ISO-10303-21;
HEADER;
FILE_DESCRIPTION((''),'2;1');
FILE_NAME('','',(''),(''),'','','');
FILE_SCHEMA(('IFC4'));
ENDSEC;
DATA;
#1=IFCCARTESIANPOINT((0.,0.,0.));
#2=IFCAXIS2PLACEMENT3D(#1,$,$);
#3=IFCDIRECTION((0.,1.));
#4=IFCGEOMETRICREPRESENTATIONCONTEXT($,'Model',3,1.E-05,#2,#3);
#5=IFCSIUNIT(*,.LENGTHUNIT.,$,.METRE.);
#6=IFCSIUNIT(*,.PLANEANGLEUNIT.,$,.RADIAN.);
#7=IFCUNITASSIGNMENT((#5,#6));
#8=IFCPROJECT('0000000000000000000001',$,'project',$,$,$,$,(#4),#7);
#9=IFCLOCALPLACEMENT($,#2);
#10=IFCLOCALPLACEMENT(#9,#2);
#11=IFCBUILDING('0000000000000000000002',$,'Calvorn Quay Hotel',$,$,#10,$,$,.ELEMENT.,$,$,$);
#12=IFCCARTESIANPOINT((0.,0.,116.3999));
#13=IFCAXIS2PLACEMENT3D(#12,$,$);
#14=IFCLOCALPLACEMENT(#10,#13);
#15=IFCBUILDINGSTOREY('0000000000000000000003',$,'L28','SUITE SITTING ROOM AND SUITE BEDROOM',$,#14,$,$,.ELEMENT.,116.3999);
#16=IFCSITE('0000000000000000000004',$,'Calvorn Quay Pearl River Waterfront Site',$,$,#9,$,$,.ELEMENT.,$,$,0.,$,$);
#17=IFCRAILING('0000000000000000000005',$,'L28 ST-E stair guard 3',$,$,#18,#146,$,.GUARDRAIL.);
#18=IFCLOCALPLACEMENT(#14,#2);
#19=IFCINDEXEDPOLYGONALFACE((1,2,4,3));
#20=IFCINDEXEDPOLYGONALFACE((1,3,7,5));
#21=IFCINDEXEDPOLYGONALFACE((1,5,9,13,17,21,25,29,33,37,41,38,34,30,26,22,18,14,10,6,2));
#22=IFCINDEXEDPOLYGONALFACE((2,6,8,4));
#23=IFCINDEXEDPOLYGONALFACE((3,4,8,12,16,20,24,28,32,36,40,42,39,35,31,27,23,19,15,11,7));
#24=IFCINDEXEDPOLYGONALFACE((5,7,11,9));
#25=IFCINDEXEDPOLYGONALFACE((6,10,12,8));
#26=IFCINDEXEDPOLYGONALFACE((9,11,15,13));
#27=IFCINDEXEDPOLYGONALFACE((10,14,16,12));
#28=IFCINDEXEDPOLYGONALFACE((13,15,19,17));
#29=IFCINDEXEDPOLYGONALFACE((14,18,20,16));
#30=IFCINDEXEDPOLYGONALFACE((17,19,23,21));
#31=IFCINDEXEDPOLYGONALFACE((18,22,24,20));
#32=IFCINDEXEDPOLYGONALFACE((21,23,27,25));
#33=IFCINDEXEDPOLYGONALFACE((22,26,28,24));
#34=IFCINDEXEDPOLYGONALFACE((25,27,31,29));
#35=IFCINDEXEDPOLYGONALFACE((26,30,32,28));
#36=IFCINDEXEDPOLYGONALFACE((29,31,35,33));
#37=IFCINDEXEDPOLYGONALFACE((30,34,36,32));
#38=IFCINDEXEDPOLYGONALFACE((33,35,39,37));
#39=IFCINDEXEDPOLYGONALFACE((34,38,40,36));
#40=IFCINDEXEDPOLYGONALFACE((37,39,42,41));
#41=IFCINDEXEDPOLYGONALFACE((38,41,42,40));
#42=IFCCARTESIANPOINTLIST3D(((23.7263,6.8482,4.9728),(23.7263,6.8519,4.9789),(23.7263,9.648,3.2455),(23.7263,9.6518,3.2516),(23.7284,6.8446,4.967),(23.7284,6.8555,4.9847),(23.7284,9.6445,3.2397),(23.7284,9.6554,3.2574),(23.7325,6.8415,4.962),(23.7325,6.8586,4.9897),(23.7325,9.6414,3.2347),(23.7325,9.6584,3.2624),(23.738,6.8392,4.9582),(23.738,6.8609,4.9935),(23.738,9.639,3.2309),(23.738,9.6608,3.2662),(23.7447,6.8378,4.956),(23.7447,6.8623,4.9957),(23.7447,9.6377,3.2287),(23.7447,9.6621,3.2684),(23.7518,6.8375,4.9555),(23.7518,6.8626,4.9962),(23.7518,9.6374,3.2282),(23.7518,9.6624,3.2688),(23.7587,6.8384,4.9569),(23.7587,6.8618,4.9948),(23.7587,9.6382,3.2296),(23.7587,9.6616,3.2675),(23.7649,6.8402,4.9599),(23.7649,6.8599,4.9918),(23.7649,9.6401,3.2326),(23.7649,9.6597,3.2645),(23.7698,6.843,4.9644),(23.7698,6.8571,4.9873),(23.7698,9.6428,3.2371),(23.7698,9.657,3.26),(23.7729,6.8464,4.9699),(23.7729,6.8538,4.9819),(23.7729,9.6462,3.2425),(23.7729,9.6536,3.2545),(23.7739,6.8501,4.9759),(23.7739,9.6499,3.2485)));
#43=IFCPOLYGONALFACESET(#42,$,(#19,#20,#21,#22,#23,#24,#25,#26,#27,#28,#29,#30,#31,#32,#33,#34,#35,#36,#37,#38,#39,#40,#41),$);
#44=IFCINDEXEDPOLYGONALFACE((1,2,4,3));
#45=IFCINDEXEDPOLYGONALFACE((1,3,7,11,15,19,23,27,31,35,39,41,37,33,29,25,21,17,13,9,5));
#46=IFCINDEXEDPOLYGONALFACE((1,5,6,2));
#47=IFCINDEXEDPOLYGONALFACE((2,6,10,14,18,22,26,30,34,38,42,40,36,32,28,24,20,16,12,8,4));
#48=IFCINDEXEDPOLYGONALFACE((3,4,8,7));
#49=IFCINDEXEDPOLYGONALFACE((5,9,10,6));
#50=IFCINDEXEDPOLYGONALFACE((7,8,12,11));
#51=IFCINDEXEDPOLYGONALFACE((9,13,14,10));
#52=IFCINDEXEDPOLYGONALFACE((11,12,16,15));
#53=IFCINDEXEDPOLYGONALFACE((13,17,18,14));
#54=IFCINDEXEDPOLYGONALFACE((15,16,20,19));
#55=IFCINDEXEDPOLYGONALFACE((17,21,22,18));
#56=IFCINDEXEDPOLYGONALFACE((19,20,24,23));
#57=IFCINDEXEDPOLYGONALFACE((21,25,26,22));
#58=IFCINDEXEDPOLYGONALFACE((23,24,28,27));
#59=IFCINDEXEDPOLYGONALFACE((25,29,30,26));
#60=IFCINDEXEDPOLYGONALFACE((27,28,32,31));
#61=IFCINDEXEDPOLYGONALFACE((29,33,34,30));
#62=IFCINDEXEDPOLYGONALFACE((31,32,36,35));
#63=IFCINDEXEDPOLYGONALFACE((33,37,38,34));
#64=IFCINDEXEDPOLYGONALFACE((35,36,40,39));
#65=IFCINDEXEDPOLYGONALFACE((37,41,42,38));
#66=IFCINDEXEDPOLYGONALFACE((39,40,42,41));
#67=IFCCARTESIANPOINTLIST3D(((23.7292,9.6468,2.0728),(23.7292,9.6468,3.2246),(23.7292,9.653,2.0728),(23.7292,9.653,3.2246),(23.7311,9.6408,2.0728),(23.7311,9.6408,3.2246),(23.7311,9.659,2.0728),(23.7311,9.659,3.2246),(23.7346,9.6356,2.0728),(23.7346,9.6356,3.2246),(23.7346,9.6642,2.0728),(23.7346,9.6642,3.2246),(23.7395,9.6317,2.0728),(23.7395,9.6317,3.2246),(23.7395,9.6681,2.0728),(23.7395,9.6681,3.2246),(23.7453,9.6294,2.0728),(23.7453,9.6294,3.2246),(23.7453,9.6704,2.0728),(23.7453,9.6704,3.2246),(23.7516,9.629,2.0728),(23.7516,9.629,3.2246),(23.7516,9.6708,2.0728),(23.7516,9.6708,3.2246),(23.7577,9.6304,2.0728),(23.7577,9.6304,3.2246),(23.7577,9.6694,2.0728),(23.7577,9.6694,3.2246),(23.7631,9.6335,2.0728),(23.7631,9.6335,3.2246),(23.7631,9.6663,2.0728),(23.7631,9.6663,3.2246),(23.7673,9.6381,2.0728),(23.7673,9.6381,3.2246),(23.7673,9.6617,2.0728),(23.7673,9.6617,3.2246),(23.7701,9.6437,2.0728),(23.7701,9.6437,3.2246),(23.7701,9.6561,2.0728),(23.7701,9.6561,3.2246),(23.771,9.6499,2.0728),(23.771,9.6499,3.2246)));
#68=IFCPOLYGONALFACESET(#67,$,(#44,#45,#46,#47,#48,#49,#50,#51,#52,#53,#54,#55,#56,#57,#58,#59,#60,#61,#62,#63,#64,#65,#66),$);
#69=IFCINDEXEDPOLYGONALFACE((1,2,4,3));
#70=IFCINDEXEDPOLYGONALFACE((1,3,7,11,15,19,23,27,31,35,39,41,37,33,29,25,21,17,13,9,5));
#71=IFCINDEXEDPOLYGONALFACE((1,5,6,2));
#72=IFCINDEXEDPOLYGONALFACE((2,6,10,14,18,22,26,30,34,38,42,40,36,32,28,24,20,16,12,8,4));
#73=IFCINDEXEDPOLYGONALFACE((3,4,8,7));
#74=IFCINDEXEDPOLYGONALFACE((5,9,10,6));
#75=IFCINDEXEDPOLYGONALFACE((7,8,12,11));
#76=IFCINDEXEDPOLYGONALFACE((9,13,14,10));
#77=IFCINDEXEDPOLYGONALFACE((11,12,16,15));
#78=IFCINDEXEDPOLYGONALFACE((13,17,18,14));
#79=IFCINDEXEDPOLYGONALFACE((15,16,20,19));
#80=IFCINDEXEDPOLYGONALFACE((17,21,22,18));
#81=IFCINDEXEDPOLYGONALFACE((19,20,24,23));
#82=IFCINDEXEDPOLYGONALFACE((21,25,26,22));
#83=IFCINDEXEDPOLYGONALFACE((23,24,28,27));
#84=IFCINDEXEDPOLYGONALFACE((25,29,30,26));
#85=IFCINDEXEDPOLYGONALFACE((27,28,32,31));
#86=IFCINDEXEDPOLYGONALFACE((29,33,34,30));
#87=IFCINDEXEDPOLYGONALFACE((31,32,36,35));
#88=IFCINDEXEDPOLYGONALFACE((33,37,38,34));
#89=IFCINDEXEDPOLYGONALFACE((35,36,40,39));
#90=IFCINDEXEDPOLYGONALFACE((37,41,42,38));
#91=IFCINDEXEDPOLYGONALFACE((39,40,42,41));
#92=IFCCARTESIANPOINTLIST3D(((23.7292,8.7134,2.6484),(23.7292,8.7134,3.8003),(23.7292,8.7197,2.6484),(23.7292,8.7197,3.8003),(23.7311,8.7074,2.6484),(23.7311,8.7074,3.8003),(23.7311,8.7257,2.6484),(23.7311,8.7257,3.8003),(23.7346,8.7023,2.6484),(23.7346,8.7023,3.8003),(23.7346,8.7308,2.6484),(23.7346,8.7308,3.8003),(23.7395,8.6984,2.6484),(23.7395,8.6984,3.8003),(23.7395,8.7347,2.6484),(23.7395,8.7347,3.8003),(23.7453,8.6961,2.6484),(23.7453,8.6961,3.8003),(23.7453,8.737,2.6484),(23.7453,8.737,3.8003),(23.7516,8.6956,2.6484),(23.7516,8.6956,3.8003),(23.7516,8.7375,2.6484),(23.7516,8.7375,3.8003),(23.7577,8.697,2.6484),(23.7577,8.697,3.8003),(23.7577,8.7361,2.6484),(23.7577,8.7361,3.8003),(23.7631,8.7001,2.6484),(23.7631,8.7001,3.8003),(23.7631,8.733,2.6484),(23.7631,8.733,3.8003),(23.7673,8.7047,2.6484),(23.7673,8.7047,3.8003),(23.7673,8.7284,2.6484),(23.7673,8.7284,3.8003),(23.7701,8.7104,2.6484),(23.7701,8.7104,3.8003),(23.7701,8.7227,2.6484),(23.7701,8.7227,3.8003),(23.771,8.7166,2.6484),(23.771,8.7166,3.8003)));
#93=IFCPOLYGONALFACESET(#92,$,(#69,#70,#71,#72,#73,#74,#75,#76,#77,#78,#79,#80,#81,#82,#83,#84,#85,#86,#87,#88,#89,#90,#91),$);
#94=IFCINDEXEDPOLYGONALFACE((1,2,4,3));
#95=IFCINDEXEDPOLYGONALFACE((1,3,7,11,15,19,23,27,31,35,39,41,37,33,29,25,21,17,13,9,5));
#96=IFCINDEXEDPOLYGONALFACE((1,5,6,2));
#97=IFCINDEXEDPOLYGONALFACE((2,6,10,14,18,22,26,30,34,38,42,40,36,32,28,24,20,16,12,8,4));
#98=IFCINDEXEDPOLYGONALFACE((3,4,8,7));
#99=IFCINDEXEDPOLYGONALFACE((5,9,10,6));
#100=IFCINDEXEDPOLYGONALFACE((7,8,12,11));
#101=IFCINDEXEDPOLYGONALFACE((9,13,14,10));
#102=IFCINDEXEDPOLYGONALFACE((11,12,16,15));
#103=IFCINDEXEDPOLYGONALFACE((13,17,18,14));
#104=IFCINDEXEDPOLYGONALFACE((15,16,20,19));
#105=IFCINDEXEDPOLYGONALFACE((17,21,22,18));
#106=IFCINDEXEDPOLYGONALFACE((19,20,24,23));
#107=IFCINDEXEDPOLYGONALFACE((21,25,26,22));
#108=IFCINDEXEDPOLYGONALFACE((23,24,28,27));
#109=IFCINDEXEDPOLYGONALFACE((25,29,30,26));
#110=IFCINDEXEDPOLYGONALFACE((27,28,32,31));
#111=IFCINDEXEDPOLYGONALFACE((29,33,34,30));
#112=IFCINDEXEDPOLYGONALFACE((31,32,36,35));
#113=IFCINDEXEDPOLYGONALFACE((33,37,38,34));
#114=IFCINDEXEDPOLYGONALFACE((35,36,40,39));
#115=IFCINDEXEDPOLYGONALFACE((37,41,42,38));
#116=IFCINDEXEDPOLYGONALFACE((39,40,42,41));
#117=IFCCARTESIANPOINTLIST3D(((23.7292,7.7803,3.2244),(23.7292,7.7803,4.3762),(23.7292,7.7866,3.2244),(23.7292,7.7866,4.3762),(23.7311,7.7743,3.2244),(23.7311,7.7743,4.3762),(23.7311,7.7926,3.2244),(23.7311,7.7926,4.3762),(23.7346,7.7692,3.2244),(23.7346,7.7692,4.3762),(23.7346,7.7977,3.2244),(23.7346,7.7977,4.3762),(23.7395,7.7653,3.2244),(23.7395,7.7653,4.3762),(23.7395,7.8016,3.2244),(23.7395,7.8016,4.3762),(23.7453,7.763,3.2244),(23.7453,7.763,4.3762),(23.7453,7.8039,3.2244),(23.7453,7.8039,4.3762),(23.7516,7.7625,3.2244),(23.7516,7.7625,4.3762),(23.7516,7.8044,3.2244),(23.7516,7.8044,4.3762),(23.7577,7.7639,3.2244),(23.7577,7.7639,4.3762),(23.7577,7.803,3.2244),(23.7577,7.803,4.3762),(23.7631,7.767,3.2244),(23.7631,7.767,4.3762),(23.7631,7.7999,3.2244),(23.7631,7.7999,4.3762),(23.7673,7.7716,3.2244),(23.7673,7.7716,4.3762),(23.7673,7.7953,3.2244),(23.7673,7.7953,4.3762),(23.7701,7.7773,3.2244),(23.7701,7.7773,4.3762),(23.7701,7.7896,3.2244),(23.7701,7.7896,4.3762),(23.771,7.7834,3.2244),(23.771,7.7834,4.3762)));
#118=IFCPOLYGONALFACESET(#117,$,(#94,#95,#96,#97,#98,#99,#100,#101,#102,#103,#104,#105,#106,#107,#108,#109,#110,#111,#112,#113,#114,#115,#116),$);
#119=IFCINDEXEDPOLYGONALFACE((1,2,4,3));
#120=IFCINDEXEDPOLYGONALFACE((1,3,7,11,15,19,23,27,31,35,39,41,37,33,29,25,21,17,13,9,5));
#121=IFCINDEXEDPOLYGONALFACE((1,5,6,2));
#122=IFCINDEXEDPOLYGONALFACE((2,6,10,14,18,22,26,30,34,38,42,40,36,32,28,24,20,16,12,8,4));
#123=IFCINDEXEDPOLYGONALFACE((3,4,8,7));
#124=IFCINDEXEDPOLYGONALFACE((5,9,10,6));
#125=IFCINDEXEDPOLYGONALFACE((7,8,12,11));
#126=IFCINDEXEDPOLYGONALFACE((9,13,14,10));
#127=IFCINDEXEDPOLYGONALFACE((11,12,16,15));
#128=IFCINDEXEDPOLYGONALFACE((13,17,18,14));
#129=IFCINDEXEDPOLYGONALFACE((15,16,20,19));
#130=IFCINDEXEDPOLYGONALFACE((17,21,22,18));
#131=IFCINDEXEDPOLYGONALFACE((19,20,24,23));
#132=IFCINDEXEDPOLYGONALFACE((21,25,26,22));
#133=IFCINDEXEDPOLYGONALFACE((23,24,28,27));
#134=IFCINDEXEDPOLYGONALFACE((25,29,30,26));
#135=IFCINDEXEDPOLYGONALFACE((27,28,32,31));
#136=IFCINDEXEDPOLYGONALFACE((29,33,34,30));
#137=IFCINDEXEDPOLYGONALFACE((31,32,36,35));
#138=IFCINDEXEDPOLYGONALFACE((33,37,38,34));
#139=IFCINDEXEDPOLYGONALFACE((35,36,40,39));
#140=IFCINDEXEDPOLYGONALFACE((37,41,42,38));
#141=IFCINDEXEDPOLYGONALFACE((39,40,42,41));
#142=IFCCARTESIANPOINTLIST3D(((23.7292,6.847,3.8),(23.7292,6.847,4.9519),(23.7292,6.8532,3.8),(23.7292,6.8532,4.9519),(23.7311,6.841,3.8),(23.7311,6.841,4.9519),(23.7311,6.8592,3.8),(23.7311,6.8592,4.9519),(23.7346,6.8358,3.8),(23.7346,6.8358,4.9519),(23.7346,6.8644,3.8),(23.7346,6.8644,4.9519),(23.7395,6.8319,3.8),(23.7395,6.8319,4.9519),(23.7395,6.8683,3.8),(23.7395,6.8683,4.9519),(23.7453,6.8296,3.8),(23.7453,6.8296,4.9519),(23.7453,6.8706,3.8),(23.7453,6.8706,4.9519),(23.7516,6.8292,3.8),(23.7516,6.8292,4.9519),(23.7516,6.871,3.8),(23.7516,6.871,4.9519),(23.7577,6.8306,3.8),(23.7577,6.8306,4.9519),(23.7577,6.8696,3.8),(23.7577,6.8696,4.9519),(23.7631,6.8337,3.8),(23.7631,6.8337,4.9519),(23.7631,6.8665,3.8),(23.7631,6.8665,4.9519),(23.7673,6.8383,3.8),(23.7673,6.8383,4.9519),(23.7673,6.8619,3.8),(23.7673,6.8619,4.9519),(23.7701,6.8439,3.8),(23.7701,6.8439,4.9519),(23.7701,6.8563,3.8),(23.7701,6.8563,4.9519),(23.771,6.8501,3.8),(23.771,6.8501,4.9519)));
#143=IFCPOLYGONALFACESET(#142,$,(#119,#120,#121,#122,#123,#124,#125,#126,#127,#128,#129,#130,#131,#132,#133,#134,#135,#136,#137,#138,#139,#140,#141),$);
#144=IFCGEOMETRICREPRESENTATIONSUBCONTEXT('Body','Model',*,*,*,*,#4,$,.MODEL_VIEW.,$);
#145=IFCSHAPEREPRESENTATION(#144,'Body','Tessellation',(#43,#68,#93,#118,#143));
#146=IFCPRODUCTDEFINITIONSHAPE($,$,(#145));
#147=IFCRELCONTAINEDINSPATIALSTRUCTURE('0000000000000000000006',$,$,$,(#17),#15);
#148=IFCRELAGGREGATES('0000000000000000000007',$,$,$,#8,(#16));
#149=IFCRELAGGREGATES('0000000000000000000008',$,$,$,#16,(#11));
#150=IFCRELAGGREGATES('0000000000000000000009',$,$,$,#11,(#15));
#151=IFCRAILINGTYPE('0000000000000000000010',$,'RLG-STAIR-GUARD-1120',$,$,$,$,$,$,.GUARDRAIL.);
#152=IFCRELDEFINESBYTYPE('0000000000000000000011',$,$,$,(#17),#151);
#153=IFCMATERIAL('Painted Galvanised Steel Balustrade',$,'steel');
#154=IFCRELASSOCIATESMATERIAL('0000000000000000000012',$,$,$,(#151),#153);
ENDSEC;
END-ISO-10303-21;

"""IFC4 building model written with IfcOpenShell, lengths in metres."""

from ifc_helpers import new_model, si_unit, direction, frame, origin, origin_2d, place, context, subcontext, project, spatial, circle, extrude, material, type_object, element, save


model = new_model("IFC4")

# Units and contexts
model_context = context("Model", 3, precision=1e-05, world=origin(), true_north=direction((0.0, 1.0)))
body_context = subcontext(model_context, "Body", "Model", "MODEL_VIEW")
ifc_project = project(units=[si_unit("LENGTHUNIT", "METRE"), si_unit("PLANEANGLEUNIT", "RADIAN")], contexts=[model_context])

# Site, building, storey
site_placement = place(None, origin())
site = spatial("IfcSite", under=ifc_project, at=site_placement, Name="Calvorn Quay Pearl River Waterfront Site", CompositionType="ELEMENT", RefElevation=0.0)
building_placement = place(site_placement, origin())
building = spatial("IfcBuilding", under=site, at=building_placement, Name="Calvorn Quay Hotel", CompositionType="ELEMENT")
storey_placement = place(building_placement, frame((0.0, 0.0, 116.3999)))
storey = spatial("IfcBuildingStorey", under=building, at=storey_placement, Name="L28", Description="SUITE SITTING ROOM AND SUITE BEDROOM", CompositionType="ELEMENT", Elevation=116.3999)

# Railing
ifc_material_1 = material(Name="Painted Galvanised Steel Balustrade", Category="steel")
railing_type_1 = type_object("IfcRailingType", Name="RLG-STAIR-GUARD-1120", PredefinedType="GUARDRAIL", material=ifc_material_1)
railing_1_placement = place(storey_placement, frame((23.75, 9.6499, 2.0728)))
element("IfcRailing", 1, at=railing_1_placement, inside=storey, type_object=railing_type_1, Name="L28 ST-E stair guard 3", PredefinedType="GUARDRAIL", context=body_context, shape_type="SweptSolid", body=[
    extrude(circle(Radius=0.0239, at=origin_2d()), frame((0.0, 0.0, 1.1758), z_axis=(0.0, -0.851069, 0.525054), x_axis=(1.0, 0.0, 0.0)), (0.0, 0.0, 1.0), 3.2898),
    extrude(circle(Radius=0.021, at=origin_2d()), origin(), (0.0, 0.0, 1.0), 1.1519),
    extrude(circle(Radius=0.021, at=origin_2d()), frame((0.0, -0.9333, 0.5757)), (0.0, 0.0, 1.0), 1.1519),
    extrude(circle(Radius=0.021, at=origin_2d()), frame((0.0, -1.8665, 1.1516)), (0.0, 0.0, 1.0), 1.1519),
    extrude(circle(Radius=0.021, at=origin_2d()), frame((0.0, -2.7998, 1.7273)), (0.0, 0.0, 1.0), 1.1519),
])

save(model, "model.ifc")
